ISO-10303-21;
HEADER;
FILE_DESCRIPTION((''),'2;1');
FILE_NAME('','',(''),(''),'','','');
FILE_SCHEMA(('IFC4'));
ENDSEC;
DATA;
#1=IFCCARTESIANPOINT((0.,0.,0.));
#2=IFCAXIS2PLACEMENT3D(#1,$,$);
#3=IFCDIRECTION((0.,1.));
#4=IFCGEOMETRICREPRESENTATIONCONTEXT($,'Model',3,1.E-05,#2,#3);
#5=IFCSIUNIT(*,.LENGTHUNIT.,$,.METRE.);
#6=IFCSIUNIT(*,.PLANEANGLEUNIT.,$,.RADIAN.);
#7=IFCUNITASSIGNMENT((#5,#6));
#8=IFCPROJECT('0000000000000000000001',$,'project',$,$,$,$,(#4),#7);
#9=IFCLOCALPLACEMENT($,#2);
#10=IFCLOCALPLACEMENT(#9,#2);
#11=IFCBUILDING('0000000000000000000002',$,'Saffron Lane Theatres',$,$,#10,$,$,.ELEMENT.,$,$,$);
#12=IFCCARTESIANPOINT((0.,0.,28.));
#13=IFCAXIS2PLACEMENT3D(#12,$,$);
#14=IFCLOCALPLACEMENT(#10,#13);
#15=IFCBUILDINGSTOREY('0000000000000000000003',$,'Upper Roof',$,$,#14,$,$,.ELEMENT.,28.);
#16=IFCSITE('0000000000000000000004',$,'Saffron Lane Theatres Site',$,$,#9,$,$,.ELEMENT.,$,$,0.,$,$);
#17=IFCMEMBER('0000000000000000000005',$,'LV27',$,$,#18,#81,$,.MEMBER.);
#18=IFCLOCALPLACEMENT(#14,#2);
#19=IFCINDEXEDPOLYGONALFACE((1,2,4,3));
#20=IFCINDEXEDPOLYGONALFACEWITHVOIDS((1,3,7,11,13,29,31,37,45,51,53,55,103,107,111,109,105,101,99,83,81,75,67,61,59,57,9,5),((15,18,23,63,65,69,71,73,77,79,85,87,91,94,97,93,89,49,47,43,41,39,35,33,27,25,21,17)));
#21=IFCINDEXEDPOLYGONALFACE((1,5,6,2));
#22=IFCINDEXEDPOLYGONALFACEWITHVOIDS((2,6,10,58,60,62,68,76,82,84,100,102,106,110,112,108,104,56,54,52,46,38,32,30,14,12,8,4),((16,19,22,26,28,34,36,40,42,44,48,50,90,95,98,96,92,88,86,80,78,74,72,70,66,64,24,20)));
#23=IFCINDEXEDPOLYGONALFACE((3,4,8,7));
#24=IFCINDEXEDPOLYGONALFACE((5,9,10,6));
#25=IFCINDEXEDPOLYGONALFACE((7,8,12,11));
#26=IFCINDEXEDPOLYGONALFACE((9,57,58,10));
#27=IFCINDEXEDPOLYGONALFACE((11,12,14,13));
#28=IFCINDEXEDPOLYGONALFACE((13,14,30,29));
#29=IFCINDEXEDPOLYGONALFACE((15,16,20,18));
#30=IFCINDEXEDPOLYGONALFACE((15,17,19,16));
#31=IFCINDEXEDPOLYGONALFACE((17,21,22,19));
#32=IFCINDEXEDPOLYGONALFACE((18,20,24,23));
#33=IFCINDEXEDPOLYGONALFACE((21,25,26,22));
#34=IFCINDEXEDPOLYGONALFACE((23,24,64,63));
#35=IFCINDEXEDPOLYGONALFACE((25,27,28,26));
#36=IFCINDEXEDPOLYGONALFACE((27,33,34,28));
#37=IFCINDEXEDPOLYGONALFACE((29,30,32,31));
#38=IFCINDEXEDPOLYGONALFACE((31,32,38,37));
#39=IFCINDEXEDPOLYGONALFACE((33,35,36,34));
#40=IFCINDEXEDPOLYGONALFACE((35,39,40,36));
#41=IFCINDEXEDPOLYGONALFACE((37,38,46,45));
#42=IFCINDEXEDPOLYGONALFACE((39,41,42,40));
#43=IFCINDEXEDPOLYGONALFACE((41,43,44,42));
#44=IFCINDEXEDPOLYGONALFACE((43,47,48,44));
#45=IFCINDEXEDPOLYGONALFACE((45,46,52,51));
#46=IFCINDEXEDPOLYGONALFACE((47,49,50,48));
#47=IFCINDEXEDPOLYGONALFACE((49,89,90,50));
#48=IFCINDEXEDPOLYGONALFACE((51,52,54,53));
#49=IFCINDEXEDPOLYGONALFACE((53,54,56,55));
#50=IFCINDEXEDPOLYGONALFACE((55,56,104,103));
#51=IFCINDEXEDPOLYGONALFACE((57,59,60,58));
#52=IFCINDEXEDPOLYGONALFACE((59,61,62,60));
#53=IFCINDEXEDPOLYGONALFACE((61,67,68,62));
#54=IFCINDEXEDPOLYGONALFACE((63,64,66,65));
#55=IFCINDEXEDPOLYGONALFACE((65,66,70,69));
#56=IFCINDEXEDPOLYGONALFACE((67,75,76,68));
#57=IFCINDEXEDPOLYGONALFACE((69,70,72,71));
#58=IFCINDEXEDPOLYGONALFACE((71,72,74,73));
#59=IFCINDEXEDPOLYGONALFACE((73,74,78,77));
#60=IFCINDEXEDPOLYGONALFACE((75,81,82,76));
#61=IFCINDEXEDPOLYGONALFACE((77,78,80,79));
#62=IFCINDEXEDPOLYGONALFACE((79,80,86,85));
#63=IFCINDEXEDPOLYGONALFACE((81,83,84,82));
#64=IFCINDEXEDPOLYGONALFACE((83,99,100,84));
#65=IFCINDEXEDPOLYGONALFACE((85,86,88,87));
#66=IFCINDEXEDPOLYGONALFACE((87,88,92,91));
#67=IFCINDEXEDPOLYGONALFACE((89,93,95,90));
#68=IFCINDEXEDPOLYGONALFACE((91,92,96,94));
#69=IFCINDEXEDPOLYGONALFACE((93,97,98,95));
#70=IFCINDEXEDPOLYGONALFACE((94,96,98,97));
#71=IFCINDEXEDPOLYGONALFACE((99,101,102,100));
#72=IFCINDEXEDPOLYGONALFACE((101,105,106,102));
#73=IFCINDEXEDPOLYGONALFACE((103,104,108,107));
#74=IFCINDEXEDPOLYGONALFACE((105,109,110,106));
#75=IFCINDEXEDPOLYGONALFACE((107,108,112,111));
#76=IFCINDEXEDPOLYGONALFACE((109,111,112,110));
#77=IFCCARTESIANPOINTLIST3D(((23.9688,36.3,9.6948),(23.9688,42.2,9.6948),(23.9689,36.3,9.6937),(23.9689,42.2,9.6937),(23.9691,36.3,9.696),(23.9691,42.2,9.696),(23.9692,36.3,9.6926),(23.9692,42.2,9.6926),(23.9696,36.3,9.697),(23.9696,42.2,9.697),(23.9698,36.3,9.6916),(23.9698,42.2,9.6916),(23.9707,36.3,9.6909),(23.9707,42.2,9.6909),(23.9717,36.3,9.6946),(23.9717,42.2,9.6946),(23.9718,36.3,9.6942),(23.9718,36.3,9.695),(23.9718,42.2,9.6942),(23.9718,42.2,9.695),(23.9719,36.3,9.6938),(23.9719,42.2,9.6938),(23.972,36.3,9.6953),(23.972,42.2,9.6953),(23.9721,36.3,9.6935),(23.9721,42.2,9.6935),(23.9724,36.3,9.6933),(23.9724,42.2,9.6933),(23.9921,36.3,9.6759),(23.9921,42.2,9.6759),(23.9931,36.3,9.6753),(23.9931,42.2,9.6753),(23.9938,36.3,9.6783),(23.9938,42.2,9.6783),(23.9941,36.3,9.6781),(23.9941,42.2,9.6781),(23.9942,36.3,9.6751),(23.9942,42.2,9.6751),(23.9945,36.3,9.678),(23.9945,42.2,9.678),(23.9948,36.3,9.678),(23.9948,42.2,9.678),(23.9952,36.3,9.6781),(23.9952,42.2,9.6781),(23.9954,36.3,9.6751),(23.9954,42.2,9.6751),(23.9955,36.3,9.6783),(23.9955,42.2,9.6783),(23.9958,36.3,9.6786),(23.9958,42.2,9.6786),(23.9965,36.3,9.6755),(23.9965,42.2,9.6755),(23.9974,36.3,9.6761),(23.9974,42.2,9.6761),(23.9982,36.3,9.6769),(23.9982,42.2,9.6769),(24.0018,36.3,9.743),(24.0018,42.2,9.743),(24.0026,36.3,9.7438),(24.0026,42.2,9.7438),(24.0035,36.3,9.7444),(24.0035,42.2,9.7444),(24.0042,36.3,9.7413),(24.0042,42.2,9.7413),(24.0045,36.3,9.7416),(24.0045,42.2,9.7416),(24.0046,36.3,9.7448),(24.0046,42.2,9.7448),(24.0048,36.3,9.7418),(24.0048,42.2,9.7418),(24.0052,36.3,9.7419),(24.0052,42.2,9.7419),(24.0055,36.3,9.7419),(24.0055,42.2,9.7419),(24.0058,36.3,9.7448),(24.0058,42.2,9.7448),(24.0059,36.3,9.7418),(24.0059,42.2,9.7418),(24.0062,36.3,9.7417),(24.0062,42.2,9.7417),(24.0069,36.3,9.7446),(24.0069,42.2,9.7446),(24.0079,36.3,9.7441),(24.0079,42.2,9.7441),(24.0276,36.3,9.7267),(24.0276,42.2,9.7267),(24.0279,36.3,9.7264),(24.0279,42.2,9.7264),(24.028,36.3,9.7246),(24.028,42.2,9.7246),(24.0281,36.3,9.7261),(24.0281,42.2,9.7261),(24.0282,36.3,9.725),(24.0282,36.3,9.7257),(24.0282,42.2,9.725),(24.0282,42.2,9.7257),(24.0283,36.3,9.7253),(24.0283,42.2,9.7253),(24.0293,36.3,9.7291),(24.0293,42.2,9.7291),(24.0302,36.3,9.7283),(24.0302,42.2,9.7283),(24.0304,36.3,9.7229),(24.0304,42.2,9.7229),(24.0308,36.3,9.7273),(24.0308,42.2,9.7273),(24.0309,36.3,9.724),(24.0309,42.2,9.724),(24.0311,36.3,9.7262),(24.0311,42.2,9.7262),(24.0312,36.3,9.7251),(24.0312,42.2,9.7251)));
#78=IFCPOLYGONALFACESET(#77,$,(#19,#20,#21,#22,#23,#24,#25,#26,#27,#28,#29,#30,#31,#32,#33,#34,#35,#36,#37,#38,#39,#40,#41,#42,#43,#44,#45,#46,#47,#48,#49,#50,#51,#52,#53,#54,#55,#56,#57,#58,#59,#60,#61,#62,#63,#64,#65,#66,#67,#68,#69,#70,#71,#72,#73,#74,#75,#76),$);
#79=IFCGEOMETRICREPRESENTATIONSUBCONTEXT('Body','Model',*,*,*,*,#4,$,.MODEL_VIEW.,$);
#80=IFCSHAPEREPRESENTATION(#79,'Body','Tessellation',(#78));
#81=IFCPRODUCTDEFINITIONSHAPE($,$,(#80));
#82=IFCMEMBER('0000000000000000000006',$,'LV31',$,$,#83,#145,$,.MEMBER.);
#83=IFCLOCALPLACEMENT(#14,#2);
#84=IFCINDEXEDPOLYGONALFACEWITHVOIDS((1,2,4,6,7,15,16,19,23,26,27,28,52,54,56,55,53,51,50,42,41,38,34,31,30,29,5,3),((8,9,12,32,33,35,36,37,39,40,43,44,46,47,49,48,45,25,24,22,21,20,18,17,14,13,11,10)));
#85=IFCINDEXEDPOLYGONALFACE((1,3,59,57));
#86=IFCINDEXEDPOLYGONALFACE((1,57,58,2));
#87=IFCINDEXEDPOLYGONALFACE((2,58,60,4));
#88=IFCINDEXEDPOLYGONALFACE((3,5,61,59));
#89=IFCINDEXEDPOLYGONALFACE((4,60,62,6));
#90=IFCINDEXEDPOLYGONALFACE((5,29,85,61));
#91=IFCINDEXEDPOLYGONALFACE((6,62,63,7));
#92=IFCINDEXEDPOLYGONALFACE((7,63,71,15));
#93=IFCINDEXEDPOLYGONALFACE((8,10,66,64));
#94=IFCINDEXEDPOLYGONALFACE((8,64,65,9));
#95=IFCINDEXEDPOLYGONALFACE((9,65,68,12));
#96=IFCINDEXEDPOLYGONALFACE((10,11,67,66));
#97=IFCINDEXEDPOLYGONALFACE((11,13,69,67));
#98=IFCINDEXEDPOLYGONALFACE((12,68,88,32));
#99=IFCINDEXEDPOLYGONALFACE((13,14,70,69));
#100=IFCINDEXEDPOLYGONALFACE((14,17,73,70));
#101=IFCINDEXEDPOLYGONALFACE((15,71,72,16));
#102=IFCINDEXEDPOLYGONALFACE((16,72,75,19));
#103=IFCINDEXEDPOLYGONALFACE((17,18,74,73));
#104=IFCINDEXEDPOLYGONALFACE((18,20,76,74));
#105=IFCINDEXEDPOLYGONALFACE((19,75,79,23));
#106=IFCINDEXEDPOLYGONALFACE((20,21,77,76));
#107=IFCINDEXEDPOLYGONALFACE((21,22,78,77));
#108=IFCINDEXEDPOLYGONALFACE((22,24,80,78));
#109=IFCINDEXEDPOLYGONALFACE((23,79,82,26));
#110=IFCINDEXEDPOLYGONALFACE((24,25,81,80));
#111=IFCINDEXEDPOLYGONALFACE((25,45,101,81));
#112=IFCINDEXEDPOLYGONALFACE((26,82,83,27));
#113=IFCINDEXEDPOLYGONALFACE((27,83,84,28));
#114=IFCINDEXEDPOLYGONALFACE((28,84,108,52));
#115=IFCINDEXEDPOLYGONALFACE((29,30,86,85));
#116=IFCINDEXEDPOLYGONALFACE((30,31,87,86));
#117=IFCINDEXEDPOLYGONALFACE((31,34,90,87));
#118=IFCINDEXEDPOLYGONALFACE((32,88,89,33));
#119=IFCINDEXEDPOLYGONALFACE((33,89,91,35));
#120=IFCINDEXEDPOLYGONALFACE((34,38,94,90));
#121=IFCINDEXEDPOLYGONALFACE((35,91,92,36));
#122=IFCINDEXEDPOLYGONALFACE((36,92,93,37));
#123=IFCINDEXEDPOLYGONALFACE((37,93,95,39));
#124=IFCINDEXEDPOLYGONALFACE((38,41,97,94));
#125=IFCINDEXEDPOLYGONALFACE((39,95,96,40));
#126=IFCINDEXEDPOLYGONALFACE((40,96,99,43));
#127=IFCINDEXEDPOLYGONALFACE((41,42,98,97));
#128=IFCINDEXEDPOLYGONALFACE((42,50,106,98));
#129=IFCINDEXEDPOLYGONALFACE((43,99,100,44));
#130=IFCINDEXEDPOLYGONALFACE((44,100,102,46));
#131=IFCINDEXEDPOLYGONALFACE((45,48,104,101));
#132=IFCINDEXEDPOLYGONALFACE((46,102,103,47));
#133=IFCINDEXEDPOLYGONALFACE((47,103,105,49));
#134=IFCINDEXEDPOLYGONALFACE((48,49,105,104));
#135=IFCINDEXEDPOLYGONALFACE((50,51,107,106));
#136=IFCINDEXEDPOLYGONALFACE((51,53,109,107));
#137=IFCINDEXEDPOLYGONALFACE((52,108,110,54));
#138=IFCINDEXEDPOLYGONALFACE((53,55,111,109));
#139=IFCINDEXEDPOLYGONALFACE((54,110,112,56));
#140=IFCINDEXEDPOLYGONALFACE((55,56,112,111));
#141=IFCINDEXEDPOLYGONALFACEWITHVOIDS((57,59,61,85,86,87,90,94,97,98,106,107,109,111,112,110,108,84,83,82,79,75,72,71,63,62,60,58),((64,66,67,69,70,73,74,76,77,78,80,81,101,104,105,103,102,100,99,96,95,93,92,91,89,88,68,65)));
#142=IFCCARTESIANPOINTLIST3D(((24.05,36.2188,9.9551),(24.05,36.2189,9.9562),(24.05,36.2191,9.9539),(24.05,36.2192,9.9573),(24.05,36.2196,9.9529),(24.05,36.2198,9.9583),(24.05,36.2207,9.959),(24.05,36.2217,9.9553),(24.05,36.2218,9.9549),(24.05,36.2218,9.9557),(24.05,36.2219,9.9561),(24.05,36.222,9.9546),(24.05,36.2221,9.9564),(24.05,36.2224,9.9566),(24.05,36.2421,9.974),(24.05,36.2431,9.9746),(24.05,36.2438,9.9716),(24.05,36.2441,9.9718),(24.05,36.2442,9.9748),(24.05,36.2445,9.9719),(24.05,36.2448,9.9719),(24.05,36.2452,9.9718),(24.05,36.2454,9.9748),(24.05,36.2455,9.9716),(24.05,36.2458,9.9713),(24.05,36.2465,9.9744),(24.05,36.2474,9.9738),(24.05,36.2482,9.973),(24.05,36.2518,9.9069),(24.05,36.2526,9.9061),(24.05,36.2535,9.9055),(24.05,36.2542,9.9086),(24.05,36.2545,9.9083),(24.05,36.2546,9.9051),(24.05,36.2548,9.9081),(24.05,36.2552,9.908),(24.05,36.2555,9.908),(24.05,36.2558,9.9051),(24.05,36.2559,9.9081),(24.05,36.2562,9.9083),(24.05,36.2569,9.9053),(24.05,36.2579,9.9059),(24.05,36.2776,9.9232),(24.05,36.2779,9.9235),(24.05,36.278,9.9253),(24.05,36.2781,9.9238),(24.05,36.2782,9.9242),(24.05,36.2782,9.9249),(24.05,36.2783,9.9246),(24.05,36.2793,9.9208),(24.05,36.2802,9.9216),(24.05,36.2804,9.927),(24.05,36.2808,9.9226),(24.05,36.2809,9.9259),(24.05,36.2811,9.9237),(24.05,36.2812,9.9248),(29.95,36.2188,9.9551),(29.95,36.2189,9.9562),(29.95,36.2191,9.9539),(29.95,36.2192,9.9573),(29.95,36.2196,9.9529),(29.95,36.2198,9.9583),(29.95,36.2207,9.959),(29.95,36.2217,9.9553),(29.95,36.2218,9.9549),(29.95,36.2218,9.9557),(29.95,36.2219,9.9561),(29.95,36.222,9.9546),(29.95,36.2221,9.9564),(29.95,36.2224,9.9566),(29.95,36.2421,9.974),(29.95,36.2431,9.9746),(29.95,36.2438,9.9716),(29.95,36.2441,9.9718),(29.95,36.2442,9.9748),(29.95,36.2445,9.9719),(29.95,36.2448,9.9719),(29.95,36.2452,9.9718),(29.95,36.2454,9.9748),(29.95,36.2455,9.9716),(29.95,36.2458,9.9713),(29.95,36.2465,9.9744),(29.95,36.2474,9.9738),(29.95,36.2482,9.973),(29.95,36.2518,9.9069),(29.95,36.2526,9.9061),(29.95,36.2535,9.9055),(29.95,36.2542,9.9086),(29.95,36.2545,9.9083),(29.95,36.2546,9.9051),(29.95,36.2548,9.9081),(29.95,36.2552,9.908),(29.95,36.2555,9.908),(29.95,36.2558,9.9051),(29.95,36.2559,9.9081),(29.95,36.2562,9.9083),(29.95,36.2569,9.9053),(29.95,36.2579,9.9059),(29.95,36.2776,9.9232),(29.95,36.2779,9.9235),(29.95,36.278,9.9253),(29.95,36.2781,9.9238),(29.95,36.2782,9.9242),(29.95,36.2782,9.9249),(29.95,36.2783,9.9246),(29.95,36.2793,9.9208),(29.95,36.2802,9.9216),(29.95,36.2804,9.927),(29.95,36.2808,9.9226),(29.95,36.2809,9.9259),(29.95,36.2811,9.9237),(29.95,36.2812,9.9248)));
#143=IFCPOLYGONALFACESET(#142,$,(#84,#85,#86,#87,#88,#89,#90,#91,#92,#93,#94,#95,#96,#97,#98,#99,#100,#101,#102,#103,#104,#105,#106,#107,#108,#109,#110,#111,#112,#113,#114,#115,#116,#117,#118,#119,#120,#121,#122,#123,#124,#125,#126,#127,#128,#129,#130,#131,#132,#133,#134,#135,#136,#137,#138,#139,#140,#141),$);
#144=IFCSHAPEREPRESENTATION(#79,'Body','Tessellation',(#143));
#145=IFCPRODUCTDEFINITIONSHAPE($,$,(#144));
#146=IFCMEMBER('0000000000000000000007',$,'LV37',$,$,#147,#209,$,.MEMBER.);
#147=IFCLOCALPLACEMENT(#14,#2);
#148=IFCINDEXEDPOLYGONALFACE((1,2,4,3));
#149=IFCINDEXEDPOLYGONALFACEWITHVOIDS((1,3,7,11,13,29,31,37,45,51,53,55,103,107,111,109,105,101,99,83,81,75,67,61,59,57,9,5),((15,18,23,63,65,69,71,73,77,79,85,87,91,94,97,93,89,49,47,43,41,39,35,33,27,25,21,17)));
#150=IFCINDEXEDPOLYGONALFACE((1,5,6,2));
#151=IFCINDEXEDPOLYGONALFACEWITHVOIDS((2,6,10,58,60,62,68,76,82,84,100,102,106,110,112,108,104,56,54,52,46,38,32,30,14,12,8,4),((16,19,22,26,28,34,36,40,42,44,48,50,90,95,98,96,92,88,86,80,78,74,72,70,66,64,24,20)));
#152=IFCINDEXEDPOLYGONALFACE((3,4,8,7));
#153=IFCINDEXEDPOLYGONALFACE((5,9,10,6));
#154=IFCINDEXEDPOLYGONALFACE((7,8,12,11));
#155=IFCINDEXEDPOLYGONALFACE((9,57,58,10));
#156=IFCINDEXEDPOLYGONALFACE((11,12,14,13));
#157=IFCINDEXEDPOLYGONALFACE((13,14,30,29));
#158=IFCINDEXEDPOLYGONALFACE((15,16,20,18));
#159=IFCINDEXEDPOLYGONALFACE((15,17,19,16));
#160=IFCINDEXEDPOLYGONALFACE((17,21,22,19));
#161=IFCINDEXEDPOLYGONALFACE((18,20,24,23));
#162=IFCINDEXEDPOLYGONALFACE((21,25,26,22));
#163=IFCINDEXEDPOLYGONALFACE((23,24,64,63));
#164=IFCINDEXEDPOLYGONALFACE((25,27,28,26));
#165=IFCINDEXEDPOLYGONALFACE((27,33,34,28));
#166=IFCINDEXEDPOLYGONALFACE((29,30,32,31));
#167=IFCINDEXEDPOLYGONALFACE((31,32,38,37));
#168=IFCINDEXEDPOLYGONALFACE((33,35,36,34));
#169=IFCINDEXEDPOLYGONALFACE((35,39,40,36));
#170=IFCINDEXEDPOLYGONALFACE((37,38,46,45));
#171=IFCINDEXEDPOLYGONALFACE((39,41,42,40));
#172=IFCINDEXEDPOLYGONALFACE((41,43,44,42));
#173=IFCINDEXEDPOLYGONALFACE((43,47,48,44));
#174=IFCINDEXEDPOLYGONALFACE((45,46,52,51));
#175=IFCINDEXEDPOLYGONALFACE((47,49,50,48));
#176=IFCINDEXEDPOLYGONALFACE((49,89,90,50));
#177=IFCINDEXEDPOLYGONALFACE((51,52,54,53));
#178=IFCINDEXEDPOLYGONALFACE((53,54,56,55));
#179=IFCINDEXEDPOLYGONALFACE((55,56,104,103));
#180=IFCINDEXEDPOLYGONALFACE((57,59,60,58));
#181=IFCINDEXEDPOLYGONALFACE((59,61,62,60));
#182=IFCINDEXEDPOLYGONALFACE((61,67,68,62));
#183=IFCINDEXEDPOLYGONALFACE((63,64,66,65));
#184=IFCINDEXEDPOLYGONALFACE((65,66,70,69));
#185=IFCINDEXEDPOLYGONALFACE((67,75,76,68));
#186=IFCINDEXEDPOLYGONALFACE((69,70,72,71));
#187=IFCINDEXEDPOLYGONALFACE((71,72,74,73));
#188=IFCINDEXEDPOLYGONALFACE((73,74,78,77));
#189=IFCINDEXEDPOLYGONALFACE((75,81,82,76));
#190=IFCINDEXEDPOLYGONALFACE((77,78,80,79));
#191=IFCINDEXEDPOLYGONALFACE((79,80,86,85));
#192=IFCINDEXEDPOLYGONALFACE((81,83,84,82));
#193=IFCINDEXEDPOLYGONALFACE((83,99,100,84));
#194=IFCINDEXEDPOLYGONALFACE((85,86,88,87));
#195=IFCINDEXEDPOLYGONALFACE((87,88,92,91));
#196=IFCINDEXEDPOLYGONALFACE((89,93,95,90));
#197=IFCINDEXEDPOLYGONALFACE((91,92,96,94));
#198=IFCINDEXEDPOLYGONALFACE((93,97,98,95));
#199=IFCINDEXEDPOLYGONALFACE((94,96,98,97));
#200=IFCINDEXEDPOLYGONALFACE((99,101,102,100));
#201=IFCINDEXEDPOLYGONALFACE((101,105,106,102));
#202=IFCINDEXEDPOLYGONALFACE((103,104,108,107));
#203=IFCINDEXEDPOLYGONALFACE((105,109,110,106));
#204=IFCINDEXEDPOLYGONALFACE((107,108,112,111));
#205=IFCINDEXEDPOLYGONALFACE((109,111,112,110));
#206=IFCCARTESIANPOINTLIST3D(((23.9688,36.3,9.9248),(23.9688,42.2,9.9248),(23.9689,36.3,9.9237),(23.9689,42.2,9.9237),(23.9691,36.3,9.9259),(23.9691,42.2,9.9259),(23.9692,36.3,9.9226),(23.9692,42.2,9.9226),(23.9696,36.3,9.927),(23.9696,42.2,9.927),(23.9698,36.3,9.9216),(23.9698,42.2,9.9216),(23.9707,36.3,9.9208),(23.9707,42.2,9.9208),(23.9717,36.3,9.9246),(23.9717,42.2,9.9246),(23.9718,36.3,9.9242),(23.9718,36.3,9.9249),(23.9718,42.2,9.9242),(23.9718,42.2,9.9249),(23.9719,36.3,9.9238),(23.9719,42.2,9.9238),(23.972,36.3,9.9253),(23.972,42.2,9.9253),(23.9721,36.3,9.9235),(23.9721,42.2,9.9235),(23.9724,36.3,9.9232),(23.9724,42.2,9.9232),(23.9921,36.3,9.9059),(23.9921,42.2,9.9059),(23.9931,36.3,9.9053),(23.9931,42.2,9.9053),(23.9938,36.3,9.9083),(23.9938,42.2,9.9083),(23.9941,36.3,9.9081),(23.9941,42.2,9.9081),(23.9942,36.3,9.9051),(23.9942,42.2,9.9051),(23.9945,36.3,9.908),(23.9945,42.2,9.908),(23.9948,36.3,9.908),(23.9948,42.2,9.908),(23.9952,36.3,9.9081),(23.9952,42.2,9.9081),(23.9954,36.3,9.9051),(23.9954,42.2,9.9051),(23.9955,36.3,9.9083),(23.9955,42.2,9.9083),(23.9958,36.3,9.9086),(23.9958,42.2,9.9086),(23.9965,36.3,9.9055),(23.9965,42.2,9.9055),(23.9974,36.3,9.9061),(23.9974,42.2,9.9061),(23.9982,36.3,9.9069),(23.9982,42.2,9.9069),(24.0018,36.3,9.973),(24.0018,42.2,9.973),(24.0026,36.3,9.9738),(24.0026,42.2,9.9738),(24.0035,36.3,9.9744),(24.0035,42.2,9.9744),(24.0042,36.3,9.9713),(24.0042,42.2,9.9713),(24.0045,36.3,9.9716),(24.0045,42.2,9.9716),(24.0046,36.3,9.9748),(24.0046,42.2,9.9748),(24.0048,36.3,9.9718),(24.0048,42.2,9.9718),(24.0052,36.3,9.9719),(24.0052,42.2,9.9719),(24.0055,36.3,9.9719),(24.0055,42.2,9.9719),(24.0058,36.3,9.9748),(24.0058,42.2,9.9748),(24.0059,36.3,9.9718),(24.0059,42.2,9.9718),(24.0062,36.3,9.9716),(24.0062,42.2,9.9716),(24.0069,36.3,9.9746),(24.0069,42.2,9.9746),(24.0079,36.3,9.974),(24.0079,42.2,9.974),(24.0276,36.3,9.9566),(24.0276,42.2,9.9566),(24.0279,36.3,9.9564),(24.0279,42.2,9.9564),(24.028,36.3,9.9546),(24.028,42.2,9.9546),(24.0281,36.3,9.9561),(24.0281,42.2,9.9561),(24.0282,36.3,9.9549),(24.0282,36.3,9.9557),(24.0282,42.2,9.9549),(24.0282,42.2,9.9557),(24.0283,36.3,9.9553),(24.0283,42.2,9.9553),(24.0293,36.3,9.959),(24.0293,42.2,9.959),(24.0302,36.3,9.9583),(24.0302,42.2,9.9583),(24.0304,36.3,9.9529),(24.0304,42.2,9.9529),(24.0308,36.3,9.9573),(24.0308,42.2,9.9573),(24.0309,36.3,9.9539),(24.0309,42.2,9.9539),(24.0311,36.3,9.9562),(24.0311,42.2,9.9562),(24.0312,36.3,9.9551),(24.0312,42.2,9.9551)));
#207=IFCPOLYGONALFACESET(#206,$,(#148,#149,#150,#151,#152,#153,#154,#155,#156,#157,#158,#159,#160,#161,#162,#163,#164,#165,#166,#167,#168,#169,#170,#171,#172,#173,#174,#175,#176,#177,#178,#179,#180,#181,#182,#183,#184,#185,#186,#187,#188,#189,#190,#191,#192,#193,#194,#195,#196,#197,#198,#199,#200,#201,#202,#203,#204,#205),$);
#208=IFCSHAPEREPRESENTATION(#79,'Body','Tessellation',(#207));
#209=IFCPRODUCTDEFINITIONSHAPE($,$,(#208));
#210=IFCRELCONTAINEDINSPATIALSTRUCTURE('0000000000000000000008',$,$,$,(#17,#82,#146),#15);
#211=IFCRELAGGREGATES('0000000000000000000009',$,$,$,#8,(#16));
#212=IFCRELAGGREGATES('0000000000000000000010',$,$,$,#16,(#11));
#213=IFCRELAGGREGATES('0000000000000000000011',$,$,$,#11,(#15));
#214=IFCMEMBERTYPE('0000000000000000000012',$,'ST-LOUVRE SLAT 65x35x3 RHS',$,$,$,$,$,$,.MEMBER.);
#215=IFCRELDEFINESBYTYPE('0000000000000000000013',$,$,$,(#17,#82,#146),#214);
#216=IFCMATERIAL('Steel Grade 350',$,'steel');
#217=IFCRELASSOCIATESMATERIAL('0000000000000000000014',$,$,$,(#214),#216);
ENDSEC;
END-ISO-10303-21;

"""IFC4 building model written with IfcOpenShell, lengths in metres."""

from ifc_helpers import new_model, si_unit, direction, frame, origin, origin_2d, place, context, subcontext, project, spatial, hollow_rectangle, extrude, material, material_profile, profile_set, type_object, element, save


model = new_model("IFC4")

# Units and contexts
model_context = context("Model", 3, precision=1e-05, world=origin(), true_north=direction((0.0, 1.0)))
body_context = subcontext(model_context, "Body", "Model", "MODEL_VIEW")
ifc_project = project(units=[si_unit("LENGTHUNIT", "METRE"), si_unit("PLANEANGLEUNIT", "RADIAN")], contexts=[model_context])

# Site, building, storey
site_placement = place(None, origin())
site = spatial("IfcSite", under=ifc_project, at=site_placement, Name="Saffron Lane Theatres Site", CompositionType="ELEMENT", RefElevation=0.0)
building_placement = place(site_placement, origin())
building = spatial("IfcBuilding", under=site, at=building_placement, Name="Saffron Lane Theatres", CompositionType="ELEMENT")
storey_placement = place(building_placement, frame((0.0, 0.0, 28.0)))
storey = spatial("IfcBuildingStorey", under=building, at=storey_placement, Name="Upper Roof", CompositionType="ELEMENT", Elevation=28.0)

# Members
ifc_material_1 = material(Name="Steel Grade 350", Category="steel")
ifc_material_profile_1 = material_profile(ifc_material_1, hollow_rectangle(XDim=0.0349, YDim=0.0649, WallThickness=0.0029, InnerFilletRadius=0.0015, OuterFilletRadius=0.0044, at=origin_2d()))
ifc_profile_set_1 = profile_set([ifc_material_profile_1], Name="Steel Grade 350")
member_type_1 = type_object("IfcMemberType", Name="ST-LOUVRE SLAT 65x35x3 RHS", PredefinedType="MEMBER", material=ifc_profile_set_1)
for number, where, z_axis, x_axis, name in (
    (1, (24.0, 36.3, 9.71), (0.0, 1.0, 0.0), (-0.819152, 0.0, 0.573576), "LV27"),
    (2, (24.05, 36.25, 9.9399), (1.0, 0.0, 0.0), (0.0, 0.819152, 0.573576), "LV31"),
    (3, (24.0, 36.3, 9.9399), (0.0, 1.0, 0.0), (-0.819152, 0.0, 0.573576), "LV37"),
):
    element("IfcMember", number, at=place(storey_placement, frame(where, z_axis=z_axis, x_axis=x_axis)), inside=storey, type_object=member_type_1, Name=name, PredefinedType="MEMBER", context=body_context, shape_type="SweptSolid", body=[
        extrude(hollow_rectangle(XDim=0.0349, YDim=0.0649, WallThickness=0.0029, InnerFilletRadius=0.0015, OuterFilletRadius=0.0044, at=origin_2d()), origin(), (0.0, 0.0, 1.0), 5.8999),
    ])

save(model, "model.ifc")
